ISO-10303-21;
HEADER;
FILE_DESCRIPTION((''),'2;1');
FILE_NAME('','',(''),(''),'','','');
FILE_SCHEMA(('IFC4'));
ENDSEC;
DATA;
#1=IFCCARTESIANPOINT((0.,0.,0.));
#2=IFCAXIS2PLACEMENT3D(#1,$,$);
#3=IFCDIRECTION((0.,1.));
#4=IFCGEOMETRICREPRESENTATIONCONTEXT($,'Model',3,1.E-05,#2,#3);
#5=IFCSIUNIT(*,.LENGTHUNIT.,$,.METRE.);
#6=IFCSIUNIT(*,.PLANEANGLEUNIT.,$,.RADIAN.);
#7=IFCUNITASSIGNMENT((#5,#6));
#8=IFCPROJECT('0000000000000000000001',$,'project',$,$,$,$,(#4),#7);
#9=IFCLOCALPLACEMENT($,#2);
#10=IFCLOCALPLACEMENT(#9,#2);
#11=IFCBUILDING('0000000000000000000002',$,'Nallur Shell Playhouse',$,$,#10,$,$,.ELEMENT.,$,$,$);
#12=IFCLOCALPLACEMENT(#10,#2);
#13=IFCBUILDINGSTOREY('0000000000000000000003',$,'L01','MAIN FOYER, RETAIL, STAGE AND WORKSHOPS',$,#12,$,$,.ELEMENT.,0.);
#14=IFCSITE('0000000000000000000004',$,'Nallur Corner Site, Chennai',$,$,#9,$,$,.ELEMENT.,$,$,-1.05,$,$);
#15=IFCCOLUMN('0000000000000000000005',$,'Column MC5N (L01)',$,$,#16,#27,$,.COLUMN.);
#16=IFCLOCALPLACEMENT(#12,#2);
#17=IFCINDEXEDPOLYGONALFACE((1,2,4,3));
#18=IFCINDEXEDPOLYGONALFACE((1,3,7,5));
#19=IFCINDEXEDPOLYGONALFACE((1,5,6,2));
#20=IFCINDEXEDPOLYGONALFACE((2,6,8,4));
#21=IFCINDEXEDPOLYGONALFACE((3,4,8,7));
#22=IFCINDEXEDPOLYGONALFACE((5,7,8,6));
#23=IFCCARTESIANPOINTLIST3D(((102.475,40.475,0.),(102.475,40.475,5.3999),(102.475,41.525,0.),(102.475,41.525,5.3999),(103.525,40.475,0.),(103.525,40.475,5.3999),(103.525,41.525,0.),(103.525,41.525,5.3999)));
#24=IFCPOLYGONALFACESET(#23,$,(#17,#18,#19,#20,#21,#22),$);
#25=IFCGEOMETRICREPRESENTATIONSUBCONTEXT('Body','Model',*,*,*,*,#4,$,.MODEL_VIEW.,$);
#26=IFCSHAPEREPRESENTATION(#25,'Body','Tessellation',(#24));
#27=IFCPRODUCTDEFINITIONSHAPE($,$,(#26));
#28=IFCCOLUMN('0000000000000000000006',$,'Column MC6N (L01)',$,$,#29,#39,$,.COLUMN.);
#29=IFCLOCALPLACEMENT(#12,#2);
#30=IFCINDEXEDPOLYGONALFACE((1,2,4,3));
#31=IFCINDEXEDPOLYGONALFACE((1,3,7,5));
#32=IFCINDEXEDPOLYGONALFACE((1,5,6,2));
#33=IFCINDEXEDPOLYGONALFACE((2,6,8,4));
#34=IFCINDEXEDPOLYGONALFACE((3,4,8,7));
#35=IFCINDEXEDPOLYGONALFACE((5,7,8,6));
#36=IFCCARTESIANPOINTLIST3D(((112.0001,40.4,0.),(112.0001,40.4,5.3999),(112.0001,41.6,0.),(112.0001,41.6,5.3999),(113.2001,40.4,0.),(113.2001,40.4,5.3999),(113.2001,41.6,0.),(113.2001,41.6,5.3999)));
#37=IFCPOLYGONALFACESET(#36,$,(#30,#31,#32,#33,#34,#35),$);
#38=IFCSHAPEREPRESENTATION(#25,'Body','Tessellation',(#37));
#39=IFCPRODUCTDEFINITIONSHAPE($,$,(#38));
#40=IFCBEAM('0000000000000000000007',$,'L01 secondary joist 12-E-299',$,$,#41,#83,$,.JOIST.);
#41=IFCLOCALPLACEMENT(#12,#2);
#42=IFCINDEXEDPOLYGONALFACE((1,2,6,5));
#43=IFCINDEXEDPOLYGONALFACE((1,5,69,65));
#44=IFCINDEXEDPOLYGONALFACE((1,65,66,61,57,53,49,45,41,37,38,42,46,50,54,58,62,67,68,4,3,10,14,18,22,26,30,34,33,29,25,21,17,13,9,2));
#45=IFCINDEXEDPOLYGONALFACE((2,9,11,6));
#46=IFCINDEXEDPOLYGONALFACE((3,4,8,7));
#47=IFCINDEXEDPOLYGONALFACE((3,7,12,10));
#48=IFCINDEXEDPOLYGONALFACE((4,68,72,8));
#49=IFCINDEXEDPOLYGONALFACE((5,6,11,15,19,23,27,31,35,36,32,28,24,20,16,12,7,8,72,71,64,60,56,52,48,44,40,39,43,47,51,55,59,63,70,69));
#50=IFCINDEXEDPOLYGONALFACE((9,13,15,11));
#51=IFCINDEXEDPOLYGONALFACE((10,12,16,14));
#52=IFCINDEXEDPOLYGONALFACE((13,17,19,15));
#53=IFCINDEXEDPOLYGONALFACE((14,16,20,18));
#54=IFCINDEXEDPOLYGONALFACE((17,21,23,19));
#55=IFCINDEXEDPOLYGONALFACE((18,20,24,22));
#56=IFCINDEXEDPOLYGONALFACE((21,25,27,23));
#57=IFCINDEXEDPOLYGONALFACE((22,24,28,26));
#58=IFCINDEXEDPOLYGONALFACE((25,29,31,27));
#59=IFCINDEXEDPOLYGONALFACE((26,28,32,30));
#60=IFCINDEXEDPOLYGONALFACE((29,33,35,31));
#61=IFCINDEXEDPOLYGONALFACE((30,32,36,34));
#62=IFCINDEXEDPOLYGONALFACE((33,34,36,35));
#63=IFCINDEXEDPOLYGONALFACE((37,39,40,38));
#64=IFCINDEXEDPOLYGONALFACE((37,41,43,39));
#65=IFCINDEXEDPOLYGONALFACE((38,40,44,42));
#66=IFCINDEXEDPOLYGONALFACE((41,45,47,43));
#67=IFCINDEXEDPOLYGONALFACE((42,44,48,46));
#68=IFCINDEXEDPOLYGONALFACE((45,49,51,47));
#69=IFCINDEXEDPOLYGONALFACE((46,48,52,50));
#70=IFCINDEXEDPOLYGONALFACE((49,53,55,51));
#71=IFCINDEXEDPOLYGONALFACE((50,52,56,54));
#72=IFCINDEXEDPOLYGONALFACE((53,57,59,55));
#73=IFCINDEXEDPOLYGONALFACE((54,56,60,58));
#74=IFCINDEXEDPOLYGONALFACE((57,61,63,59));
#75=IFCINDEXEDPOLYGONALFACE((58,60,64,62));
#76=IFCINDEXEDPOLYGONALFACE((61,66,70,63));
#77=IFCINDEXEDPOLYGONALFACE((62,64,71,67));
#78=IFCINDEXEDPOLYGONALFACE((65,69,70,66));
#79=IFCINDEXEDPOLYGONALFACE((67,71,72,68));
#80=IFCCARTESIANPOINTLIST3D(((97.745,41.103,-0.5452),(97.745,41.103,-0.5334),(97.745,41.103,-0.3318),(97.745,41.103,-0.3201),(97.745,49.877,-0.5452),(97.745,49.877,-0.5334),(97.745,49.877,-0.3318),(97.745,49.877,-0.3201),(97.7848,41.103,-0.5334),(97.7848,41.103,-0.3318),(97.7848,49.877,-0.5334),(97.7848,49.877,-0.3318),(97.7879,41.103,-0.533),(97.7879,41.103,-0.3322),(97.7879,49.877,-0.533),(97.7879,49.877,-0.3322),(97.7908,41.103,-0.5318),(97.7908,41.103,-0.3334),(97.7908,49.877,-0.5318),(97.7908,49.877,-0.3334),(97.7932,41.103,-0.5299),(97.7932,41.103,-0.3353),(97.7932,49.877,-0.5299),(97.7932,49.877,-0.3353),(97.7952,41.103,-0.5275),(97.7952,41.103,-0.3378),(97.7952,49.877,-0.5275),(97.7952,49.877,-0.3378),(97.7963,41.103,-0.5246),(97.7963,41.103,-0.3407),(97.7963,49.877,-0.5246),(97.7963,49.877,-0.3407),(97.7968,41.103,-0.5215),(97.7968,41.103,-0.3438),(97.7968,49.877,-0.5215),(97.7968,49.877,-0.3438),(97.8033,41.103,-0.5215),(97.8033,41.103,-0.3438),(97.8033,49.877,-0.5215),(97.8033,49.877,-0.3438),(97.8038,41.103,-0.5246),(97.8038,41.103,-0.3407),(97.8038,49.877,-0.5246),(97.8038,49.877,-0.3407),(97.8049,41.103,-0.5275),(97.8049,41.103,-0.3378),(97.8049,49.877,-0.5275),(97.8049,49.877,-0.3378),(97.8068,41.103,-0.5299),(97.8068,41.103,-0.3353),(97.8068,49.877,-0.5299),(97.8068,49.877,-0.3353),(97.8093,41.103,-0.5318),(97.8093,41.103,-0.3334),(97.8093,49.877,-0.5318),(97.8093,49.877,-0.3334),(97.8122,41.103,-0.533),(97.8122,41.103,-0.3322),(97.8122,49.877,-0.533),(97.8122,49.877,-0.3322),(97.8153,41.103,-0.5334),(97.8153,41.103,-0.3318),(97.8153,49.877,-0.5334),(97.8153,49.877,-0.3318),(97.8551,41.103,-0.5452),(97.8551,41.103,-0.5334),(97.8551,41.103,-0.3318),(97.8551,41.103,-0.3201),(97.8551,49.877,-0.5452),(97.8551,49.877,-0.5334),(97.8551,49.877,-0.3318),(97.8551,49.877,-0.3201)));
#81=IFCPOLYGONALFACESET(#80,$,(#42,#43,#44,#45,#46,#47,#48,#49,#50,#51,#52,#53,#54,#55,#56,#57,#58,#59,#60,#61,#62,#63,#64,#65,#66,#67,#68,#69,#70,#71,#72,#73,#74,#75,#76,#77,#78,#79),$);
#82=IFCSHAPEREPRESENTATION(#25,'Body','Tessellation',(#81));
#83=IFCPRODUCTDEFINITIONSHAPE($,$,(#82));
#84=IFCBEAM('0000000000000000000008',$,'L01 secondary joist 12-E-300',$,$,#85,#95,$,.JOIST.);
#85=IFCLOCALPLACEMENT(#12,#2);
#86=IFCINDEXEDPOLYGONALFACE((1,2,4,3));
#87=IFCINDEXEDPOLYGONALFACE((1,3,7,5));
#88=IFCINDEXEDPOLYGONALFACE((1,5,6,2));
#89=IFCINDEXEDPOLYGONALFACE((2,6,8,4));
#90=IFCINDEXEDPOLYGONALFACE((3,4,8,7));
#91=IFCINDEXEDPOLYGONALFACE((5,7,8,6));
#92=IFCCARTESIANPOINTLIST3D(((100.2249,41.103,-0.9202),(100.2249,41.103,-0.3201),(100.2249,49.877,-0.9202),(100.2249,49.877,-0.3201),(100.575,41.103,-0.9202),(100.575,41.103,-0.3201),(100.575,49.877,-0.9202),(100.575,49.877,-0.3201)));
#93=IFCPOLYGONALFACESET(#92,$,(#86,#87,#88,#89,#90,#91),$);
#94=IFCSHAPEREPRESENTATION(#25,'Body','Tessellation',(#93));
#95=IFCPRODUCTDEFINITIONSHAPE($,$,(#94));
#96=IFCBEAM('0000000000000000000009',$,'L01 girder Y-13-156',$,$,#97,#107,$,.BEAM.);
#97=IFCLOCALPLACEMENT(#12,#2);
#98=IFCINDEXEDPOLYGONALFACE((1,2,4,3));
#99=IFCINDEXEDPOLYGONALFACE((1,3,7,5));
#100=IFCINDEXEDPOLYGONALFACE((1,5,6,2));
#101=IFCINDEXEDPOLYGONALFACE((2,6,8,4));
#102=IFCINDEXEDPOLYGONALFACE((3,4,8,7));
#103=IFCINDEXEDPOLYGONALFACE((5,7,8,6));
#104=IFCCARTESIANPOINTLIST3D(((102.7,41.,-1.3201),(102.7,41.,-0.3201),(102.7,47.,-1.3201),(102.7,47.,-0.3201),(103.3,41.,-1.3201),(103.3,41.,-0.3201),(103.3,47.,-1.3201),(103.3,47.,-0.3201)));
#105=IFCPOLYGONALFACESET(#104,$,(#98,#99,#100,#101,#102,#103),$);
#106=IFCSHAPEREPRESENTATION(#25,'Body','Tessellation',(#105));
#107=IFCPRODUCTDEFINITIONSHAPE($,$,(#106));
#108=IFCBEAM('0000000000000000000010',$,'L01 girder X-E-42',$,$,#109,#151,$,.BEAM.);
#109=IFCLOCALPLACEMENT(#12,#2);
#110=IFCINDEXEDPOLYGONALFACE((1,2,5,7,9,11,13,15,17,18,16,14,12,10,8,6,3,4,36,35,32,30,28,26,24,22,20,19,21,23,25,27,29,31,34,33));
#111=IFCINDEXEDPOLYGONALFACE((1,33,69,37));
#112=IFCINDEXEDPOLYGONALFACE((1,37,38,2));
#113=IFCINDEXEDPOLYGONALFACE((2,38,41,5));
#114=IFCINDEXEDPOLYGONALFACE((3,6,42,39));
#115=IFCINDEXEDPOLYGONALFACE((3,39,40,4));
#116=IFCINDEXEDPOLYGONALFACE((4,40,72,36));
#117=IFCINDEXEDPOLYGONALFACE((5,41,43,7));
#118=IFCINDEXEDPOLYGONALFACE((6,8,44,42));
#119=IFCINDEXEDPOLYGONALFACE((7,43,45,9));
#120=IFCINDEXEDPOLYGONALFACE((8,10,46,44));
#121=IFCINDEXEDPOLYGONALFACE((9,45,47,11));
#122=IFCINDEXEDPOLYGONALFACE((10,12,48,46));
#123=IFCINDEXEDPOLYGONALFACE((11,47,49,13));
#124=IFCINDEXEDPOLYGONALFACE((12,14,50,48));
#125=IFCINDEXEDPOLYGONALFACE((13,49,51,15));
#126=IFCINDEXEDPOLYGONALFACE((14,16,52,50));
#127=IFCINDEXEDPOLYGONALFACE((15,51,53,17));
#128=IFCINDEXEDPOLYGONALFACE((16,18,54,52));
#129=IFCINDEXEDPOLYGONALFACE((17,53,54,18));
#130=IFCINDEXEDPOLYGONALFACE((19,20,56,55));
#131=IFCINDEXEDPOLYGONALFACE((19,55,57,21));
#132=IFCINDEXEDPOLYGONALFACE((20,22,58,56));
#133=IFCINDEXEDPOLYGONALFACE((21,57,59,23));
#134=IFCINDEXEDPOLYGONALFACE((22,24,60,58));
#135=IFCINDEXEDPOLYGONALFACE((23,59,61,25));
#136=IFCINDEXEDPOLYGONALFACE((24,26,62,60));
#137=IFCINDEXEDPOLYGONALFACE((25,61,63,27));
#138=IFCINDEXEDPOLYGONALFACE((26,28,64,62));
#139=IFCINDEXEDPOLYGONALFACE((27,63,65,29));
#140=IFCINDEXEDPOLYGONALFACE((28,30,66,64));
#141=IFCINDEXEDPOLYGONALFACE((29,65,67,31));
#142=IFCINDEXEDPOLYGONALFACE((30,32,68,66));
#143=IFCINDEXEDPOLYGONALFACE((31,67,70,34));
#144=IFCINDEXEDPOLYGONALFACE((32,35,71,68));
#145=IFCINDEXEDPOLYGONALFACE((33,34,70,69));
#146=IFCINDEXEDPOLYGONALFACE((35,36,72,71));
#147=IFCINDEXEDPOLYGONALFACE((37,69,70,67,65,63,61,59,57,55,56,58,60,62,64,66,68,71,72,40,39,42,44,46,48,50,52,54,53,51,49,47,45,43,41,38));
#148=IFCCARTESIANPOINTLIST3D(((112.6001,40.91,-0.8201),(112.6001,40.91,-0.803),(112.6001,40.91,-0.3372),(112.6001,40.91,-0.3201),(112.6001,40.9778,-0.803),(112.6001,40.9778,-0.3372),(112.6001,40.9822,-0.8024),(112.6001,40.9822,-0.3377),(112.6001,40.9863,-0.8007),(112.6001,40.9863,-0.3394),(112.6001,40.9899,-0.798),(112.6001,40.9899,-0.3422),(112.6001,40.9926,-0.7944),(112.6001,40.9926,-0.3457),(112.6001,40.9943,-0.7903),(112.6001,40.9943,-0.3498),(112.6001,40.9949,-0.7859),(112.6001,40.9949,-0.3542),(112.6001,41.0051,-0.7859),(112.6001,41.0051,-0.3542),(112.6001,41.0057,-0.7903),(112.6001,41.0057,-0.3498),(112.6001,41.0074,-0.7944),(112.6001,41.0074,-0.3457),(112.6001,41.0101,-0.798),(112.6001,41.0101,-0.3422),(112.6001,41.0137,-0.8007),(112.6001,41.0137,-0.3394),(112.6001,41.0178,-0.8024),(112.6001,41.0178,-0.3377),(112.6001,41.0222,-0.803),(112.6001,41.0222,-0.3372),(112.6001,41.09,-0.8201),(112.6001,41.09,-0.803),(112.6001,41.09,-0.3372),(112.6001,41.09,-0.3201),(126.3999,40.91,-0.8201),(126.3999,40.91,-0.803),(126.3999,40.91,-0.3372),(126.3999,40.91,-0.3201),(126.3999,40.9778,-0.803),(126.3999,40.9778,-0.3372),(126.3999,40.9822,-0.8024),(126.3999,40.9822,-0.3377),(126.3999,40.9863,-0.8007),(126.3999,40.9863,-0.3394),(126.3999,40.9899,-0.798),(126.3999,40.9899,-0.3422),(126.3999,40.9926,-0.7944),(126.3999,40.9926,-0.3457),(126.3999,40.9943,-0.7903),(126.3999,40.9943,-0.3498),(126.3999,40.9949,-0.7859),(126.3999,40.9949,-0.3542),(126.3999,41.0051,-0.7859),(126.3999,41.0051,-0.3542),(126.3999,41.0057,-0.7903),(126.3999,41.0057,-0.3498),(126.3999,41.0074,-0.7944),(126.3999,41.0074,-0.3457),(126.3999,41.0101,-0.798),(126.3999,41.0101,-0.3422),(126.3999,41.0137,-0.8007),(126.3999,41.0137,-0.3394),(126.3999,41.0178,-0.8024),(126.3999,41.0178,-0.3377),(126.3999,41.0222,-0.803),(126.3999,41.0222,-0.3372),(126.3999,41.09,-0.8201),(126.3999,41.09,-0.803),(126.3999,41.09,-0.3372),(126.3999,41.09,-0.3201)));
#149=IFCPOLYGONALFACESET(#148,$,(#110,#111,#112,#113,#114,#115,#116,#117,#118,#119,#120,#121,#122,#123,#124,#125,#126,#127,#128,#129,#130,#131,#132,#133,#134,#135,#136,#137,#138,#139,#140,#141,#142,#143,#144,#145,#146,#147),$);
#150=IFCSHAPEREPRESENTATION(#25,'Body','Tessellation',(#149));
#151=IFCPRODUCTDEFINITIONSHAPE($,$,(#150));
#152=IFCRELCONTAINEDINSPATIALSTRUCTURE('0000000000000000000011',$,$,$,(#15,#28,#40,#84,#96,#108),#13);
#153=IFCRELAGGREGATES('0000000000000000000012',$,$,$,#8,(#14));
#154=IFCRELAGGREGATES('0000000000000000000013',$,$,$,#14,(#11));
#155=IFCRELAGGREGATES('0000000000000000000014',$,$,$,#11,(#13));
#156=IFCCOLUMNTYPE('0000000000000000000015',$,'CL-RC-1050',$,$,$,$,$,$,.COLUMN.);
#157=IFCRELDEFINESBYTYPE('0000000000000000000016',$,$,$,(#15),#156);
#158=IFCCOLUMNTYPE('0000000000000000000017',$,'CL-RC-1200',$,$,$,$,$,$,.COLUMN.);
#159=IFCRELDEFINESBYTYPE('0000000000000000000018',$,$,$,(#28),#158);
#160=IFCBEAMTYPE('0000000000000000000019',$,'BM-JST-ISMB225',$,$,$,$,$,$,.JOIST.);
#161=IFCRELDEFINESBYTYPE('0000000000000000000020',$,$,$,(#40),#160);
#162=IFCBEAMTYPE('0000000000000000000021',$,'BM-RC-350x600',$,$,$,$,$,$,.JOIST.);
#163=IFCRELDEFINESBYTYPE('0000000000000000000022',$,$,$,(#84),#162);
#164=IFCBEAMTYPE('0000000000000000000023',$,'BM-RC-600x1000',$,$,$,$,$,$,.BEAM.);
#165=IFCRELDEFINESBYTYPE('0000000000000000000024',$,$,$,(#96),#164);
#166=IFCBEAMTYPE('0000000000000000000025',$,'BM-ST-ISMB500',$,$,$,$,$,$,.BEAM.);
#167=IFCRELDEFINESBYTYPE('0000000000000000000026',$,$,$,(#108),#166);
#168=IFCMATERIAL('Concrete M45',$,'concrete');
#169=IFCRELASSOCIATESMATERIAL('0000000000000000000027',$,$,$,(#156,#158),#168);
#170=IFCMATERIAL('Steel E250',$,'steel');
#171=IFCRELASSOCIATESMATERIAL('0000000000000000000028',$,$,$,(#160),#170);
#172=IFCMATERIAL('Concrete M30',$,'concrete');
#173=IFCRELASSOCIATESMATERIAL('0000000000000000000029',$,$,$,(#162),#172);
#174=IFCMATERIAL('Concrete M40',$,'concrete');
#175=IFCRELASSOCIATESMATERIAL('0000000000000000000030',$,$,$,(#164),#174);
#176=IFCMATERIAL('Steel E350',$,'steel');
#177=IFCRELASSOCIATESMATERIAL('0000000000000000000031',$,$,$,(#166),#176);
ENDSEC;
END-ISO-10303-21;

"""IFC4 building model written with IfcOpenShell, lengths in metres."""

from ifc_helpers import new_model, si_unit, direction, frame, origin, origin_2d, place, context, subcontext, project, spatial, rectangle, i_section, extrude, material, material_profile, profile_set, type_object, element, save


model = new_model("IFC4")

# Units and contexts
model_context = context("Model", 3, precision=1e-05, world=origin(), true_north=direction((0.0, 1.0)))
body_context = subcontext(model_context, "Body", "Model", "MODEL_VIEW")
ifc_project = project(units=[si_unit("LENGTHUNIT", "METRE"), si_unit("PLANEANGLEUNIT", "RADIAN")], contexts=[model_context])

# Site, building, storey
site_placement = place(None, origin())
site = spatial("IfcSite", under=ifc_project, at=site_placement, Name="Nallur Corner Site, Chennai", CompositionType="ELEMENT", RefElevation=-1.05)
building_placement = place(site_placement, origin())
building = spatial("IfcBuilding", under=site, at=building_placement, Name="Nallur Shell Playhouse", CompositionType="ELEMENT")
storey_placement = place(building_placement, origin())
storey = spatial("IfcBuildingStorey", under=building, at=storey_placement, Name="L01", Description="MAIN FOYER, RETAIL, STAGE AND WORKSHOPS", CompositionType="ELEMENT", Elevation=0.0)

# Columns
ifc_material_1 = material(Name="Concrete M45", Category="concrete")
ifc_material_profile_1 = material_profile(ifc_material_1, rectangle(XDim=1.05, YDim=1.05, at=origin_2d()), Name="RC 1050x1050")
ifc_profile_set_1 = profile_set([ifc_material_profile_1], Name="Concrete M45")
column_type_1 = type_object("IfcColumnType", Name="CL-RC-1050", PredefinedType="COLUMN", material=ifc_profile_set_1)
column_1_placement = place(storey_placement, frame((103.0, 41.0, 0.0), z_axis=(0.0, 0.0, 1.0), x_axis=(1.0, 0.0, 0.0)))
element("IfcColumn", 1, at=column_1_placement, inside=storey, type_object=column_type_1, Name="Column MC5N (L01)", PredefinedType="COLUMN", context=body_context, shape_type="SweptSolid", body=[
    extrude(rectangle(XDim=1.05, YDim=1.05, at=origin_2d()), origin(), (0.0, 0.0, 1.0), 5.3999),
])
ifc_material_profile_2 = material_profile(ifc_material_1, rectangle(XDim=1.2, YDim=1.2, at=origin_2d()), Name="RC 1200x1200")
ifc_profile_set_2 = profile_set([ifc_material_profile_2], Name="Concrete M45")
column_type_2 = type_object("IfcColumnType", Name="CL-RC-1200", PredefinedType="COLUMN", material=ifc_profile_set_2)
column_2_placement = place(storey_placement, frame((112.6001, 41.0, 0.0), z_axis=(0.0, 0.0, 1.0), x_axis=(1.0, 0.0, 0.0)))
element("IfcColumn", 2, at=column_2_placement, inside=storey, type_object=column_type_2, Name="Column MC6N (L01)", PredefinedType="COLUMN", context=body_context, shape_type="SweptSolid", body=[
    extrude(rectangle(XDim=1.2, YDim=1.2, at=origin_2d()), origin(), (0.0, 0.0, 1.0), 5.3999),
])

# Beams
ifc_material_2 = material(Name="Steel E250", Category="steel")
ifc_material_profile_3 = material_profile(ifc_material_2, i_section(OverallWidth=0.1101, OverallDepth=0.2251, WebThickness=0.0066, FlangeThickness=0.0117, FilletRadius=0.012, at=origin_2d()), Name="ISMB 225")
ifc_profile_set_3 = profile_set([ifc_material_profile_3], Name="Steel E250")
beam_type_1 = type_object("IfcBeamType", Name="BM-JST-ISMB225", PredefinedType="JOIST", material=ifc_profile_set_3)
beam_1_placement = place(storey_placement, frame((97.8, 41.103, -0.4326), z_axis=(0.0, 1.0, 0.0), x_axis=(-1.0, 0.0, 0.0)))
element("IfcBeam", 3, at=beam_1_placement, inside=storey, type_object=beam_type_1, Name="L01 secondary joist 12-E-299", PredefinedType="JOIST", context=body_context, shape_type="SweptSolid", body=[
    extrude(i_section(OverallWidth=0.1101, OverallDepth=0.2251, WebThickness=0.0066, FlangeThickness=0.0117, FilletRadius=0.012, at=origin_2d()), origin(), (0.0, 0.0, 1.0), 8.7739),
])
ifc_material_3 = material(Name="Concrete M30", Category="concrete")
ifc_material_profile_4 = material_profile(ifc_material_3, rectangle(XDim=0.3501, YDim=0.6001, at=origin_2d()), Name="RC 350x600")
ifc_profile_set_4 = profile_set([ifc_material_profile_4], Name="Concrete M30")
beam_type_2 = type_object("IfcBeamType", Name="BM-RC-350x600", PredefinedType="JOIST", material=ifc_profile_set_4)
beam_2_placement = place(storey_placement, frame((100.3999, 41.103, -0.6201), z_axis=(0.0, 1.0, 0.0), x_axis=(-1.0, 0.0, 0.0)))
element("IfcBeam", 4, at=beam_2_placement, inside=storey, type_object=beam_type_2, Name="L01 secondary joist 12-E-300", PredefinedType="JOIST", context=body_context, shape_type="SweptSolid", body=[
    extrude(rectangle(XDim=0.3501, YDim=0.6001, at=origin_2d()), origin(), (0.0, 0.0, 1.0), 8.7739),
])
ifc_material_4 = material(Name="Concrete M40", Category="concrete")
ifc_material_profile_5 = material_profile(ifc_material_4, rectangle(XDim=0.6001, YDim=1.0, at=origin_2d()), Name="RC 600x1000")
ifc_profile_set_5 = profile_set([ifc_material_profile_5], Name="Concrete M40")
beam_type_3 = type_object("IfcBeamType", Name="BM-RC-600x1000", PredefinedType="BEAM", material=ifc_profile_set_5)
beam_3_placement = place(storey_placement, frame((103.0, 41.0, -0.8201), z_axis=(0.0, 1.0, 0.0), x_axis=(-1.0, 0.0, 0.0)))
element("IfcBeam", 5, at=beam_3_placement, inside=storey, type_object=beam_type_3, Name="L01 girder Y-13-156", PredefinedType="BEAM", context=body_context, shape_type="SweptSolid", body=[
    extrude(rectangle(XDim=0.6001, YDim=1.0, at=origin_2d()), origin(), (0.0, 0.0, 1.0), 6.0),
])
ifc_material_5 = material(Name="Steel E350", Category="steel")
ifc_material_profile_6 = material_profile(ifc_material_5, i_section(OverallWidth=0.1799, OverallDepth=0.5, WebThickness=0.0103, FlangeThickness=0.0171, FilletRadius=0.0171, at=origin_2d()), Name="ISMB 500")
ifc_profile_set_6 = profile_set([ifc_material_profile_6], Name="Steel E350")
beam_type_4 = type_object("IfcBeamType", Name="BM-ST-ISMB500", PredefinedType="BEAM", material=ifc_profile_set_6)
beam_4_placement = place(storey_placement, frame((112.6001, 41.0, -0.5701), z_axis=(1.0, 0.0, 0.0), x_axis=(0.0, 1.0, 0.0)))
element("IfcBeam", 6, at=beam_4_placement, inside=storey, type_object=beam_type_4, Name="L01 girder X-E-42", PredefinedType="BEAM", context=body_context, shape_type="SweptSolid", body=[
    extrude(i_section(OverallWidth=0.1799, OverallDepth=0.5, WebThickness=0.0103, FlangeThickness=0.0171, FilletRadius=0.0171, at=origin_2d()), origin(), (0.0, 0.0, 1.0), 13.7998),
])

save(model, "model.ifc")
